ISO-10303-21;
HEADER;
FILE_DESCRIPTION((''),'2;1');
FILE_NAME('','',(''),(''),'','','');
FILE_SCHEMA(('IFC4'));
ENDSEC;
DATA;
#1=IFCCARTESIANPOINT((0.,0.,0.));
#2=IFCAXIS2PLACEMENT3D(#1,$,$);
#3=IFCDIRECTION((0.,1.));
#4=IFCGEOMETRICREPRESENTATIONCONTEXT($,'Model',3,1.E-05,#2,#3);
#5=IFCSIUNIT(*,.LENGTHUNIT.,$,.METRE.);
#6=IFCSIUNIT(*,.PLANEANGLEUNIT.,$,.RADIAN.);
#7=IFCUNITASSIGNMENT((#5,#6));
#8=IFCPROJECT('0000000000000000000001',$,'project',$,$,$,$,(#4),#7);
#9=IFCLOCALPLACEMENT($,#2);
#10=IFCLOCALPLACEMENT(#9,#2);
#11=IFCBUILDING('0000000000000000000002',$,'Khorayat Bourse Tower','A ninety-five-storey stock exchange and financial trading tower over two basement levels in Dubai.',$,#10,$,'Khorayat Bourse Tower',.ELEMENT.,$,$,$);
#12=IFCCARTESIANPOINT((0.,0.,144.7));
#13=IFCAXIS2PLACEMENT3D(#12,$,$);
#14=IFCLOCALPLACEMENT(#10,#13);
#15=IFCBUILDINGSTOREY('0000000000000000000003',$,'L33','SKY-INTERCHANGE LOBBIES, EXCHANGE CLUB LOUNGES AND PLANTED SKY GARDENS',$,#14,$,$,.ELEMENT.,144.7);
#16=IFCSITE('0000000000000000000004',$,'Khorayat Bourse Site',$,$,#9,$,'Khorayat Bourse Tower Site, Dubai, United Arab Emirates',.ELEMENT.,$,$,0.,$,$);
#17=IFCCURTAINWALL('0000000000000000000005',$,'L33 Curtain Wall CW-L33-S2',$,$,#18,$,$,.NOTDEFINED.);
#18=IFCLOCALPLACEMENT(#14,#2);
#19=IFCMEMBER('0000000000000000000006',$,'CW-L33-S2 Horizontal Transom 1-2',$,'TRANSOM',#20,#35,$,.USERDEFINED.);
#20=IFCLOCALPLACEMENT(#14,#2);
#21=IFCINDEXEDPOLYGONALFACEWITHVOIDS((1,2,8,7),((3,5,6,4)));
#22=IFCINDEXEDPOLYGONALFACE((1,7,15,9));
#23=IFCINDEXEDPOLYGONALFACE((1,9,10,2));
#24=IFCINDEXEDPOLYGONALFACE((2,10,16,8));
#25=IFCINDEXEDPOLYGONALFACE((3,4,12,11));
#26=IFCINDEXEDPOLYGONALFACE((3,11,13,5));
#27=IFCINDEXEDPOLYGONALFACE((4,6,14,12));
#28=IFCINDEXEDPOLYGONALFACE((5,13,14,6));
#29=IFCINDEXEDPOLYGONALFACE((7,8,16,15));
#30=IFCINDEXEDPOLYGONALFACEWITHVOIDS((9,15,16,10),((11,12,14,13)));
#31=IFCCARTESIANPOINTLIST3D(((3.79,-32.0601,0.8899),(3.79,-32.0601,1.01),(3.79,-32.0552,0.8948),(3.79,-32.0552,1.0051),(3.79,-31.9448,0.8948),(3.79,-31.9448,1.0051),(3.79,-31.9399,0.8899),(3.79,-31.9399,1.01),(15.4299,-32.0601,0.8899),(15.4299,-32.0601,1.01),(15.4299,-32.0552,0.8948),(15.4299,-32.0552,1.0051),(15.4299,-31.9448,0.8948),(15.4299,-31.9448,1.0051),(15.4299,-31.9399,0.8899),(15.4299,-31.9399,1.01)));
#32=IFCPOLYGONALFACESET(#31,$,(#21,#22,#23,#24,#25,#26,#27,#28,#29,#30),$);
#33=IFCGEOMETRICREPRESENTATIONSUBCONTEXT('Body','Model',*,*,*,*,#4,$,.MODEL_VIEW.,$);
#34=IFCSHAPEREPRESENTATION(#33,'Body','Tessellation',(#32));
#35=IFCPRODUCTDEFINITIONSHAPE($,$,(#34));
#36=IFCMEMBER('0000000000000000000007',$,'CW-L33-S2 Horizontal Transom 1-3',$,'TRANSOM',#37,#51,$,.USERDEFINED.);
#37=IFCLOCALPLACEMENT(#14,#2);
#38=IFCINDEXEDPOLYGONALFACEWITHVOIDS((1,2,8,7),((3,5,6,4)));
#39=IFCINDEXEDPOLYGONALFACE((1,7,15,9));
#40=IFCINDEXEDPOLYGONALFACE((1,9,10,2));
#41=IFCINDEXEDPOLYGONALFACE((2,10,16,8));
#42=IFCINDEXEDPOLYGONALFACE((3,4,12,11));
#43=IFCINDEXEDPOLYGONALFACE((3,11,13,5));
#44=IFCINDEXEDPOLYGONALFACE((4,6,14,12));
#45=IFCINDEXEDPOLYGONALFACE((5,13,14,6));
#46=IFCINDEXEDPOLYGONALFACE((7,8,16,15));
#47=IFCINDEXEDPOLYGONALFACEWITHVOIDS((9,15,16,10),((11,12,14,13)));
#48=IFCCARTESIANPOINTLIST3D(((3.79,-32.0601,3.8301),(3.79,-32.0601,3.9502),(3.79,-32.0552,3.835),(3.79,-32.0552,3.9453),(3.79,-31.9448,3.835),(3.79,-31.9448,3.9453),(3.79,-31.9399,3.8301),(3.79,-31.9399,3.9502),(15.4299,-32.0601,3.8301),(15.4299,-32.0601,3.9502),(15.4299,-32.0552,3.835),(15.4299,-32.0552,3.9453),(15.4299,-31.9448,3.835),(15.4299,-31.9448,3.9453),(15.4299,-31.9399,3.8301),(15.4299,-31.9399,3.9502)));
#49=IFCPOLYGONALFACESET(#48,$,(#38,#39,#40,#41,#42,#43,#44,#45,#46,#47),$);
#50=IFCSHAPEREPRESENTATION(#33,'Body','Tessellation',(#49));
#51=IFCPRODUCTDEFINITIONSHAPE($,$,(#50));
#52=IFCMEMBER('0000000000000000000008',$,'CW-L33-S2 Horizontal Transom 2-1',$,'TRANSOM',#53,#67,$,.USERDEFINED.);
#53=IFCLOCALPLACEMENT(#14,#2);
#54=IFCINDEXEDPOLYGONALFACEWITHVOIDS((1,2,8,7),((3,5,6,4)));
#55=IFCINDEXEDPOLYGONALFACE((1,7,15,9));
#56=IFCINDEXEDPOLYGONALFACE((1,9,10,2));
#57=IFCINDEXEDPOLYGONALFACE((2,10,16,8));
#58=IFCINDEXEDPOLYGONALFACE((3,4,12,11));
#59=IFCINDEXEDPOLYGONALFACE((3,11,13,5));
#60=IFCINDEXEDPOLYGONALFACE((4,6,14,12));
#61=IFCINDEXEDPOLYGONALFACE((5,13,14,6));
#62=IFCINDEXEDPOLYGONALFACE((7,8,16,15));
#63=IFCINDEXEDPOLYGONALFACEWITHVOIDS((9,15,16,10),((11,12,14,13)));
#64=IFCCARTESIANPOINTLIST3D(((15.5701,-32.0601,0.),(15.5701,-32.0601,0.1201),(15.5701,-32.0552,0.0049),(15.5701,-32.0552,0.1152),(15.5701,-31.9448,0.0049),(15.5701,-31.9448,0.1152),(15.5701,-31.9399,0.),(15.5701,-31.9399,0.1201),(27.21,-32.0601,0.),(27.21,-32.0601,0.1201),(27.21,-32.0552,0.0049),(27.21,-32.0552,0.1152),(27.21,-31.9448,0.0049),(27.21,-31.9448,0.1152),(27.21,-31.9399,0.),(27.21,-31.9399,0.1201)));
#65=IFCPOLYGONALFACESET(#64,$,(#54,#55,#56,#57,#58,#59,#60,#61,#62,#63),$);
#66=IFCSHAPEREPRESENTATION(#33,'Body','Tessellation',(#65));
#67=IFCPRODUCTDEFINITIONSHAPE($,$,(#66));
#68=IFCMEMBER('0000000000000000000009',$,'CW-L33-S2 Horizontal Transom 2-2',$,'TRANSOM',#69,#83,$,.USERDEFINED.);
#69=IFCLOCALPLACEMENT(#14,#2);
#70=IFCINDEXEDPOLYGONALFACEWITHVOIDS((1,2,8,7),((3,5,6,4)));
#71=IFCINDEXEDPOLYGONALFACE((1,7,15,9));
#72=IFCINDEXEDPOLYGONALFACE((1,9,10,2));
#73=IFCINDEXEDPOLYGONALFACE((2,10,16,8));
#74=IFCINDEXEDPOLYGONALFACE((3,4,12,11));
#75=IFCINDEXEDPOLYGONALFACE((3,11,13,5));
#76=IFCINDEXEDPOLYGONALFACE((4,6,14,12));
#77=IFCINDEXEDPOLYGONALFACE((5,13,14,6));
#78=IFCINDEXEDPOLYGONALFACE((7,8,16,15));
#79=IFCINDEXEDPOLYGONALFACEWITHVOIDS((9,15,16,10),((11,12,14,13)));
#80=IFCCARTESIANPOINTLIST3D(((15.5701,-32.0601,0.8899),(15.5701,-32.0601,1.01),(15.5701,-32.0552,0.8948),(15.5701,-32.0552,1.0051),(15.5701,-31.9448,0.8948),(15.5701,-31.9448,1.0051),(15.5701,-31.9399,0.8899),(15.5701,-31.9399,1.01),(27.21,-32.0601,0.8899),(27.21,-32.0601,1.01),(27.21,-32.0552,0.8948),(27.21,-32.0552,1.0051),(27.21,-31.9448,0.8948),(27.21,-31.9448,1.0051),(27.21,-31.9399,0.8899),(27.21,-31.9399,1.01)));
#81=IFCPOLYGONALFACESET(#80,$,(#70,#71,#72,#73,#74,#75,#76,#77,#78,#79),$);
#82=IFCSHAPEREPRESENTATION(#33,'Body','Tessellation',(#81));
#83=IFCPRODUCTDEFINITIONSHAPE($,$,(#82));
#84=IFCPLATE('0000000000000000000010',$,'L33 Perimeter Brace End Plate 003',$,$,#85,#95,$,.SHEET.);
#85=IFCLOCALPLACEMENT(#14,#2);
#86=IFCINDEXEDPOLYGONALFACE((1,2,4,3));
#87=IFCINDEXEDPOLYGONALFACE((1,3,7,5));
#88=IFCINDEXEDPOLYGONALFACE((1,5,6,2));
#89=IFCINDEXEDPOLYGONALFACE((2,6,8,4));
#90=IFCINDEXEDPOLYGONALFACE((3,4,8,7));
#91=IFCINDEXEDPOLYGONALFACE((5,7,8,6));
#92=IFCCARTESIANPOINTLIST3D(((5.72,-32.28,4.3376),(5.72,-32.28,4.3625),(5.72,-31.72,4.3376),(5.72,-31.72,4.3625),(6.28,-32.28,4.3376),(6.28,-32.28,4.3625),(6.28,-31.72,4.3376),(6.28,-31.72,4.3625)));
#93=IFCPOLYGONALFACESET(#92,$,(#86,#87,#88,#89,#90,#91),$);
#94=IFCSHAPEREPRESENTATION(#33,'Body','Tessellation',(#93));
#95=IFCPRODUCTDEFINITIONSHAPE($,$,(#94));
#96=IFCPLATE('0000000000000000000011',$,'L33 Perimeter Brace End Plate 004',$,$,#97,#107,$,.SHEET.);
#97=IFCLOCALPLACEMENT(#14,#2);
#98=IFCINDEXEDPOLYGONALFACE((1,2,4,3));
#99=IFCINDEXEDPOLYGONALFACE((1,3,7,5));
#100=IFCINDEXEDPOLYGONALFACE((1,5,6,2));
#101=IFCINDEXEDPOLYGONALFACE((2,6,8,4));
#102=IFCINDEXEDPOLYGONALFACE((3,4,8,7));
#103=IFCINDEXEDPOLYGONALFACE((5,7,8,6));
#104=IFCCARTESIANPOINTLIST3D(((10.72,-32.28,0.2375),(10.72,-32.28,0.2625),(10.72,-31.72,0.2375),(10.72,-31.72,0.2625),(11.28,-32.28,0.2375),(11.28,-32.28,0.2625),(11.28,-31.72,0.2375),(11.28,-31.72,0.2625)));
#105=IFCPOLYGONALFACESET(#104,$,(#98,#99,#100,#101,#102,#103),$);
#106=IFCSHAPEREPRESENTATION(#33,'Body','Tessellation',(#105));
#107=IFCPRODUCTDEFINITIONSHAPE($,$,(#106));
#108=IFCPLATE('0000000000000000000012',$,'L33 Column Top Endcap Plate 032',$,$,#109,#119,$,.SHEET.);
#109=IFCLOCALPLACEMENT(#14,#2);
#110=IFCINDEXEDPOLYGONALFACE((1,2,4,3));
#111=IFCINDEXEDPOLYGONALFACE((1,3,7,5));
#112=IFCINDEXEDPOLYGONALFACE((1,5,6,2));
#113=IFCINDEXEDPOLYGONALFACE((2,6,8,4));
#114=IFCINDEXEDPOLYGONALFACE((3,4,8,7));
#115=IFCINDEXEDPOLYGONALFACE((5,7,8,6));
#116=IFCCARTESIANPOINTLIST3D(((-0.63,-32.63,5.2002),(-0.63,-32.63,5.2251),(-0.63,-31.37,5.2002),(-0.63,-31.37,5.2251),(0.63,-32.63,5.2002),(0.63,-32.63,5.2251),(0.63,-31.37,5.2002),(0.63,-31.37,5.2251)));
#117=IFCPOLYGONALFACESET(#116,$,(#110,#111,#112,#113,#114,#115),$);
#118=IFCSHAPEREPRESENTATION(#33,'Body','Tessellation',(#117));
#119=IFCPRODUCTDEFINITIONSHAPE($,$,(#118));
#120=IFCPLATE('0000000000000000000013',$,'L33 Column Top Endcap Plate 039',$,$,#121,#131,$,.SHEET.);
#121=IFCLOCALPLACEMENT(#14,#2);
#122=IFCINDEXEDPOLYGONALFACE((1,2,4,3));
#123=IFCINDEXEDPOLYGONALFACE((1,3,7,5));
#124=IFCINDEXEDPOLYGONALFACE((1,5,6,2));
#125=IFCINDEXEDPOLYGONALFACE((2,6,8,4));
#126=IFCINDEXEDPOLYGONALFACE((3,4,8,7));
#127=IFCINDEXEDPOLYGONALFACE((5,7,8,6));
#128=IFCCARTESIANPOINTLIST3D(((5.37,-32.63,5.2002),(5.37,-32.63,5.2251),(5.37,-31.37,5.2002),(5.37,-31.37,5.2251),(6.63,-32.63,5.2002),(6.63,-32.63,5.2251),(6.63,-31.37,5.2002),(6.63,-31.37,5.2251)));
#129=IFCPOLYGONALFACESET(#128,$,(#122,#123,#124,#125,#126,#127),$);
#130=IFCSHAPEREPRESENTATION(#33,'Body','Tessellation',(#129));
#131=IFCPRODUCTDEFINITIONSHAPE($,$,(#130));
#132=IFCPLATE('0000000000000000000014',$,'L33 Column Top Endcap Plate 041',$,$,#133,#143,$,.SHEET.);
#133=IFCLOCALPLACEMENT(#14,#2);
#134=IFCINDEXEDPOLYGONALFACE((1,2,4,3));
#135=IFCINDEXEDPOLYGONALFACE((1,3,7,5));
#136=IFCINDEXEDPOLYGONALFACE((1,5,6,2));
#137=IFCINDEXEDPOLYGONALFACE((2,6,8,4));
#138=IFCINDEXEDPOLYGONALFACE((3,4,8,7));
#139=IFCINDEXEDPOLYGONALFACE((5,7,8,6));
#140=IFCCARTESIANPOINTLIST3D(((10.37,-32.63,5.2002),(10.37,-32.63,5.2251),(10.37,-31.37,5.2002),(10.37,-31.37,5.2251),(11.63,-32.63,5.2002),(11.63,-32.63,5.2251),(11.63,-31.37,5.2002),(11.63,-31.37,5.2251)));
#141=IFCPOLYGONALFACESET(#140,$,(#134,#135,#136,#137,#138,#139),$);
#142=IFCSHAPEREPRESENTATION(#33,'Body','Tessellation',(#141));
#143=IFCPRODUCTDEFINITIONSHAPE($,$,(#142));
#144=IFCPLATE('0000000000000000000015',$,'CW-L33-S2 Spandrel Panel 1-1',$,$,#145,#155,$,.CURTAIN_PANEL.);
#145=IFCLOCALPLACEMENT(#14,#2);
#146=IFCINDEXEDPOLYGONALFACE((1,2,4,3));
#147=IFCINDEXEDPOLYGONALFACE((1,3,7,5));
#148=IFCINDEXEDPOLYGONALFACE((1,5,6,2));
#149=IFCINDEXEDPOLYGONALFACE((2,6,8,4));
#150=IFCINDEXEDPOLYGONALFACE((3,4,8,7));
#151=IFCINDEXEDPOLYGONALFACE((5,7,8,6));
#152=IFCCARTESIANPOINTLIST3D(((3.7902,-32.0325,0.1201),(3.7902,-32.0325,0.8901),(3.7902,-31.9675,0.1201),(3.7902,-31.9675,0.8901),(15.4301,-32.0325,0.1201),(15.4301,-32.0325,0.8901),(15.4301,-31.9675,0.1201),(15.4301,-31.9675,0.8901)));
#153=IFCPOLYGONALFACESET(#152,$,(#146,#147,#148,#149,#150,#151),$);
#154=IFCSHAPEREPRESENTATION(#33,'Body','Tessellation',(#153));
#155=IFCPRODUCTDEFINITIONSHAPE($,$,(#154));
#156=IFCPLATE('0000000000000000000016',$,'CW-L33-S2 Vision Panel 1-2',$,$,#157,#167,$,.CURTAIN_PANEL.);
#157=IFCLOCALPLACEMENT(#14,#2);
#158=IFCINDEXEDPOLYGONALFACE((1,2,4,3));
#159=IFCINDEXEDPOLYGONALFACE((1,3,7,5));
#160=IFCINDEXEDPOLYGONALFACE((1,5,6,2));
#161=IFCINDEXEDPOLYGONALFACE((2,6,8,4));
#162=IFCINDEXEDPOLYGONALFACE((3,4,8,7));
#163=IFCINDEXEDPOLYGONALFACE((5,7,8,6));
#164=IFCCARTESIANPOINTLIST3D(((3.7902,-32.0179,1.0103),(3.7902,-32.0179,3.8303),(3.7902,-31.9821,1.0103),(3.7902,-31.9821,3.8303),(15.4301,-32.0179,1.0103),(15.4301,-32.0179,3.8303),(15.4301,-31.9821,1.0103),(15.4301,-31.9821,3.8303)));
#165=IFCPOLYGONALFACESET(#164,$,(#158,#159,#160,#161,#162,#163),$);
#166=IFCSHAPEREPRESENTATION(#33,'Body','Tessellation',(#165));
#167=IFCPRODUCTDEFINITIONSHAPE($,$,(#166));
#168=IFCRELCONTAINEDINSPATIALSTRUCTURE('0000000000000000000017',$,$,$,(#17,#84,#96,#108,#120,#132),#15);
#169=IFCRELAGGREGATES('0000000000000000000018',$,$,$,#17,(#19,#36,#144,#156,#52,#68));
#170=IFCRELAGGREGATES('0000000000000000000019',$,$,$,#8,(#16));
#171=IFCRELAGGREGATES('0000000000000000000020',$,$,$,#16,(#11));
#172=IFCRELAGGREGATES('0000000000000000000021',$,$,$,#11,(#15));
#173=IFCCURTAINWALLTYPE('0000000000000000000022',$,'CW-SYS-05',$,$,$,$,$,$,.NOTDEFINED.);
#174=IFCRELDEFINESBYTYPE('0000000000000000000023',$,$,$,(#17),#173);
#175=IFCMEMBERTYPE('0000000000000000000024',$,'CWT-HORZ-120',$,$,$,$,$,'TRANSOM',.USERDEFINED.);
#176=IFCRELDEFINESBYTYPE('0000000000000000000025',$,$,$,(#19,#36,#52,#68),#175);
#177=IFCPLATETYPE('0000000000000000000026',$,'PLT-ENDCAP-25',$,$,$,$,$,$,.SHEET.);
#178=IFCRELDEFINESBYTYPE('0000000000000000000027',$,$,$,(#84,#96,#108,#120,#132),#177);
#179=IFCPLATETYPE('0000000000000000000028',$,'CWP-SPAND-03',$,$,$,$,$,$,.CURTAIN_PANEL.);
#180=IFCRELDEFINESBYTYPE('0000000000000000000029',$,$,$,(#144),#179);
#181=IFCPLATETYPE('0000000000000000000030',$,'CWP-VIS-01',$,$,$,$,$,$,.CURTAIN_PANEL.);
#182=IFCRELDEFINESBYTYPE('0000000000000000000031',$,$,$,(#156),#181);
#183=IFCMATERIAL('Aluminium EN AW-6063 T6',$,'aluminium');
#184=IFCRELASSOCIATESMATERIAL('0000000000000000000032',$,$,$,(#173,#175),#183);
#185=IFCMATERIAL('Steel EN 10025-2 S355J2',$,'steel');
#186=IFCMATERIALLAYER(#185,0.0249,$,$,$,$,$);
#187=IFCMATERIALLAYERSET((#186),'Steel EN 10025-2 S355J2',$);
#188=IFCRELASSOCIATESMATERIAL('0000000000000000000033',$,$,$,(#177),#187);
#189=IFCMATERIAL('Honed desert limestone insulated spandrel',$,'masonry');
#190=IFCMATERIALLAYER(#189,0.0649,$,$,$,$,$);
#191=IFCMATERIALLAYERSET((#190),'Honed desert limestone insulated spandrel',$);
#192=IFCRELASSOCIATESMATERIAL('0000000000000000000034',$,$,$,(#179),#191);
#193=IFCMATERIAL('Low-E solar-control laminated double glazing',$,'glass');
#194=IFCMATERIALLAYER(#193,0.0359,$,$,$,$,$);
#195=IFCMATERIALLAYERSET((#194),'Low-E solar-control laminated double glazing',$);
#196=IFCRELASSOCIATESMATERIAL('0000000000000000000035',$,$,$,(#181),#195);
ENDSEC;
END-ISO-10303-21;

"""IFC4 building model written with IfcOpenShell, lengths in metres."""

from ifc_helpers import new_model, si_unit, direction, frame, origin, origin_2d, place, context, subcontext, project, spatial, rectangle, hollow_rectangle, extrude, source, transform, mapped, material, layer, layer_set, material_profile, profile_set, type_object, element, aggregate, save


model = new_model("IFC4")

# Units and contexts
model_context = context("Model", 3, precision=1e-05, world=origin(), true_north=direction((0.0, 1.0)))
body_context = subcontext(model_context, "Body", "Model", "MODEL_VIEW")
ifc_project = project(units=[si_unit("LENGTHUNIT", "METRE"), si_unit("PLANEANGLEUNIT", "RADIAN")], contexts=[model_context])

# Site, building, storey
site_placement = place(None, origin())
site = spatial("IfcSite", under=ifc_project, at=site_placement, Name="Khorayat Bourse Site", LongName="Khorayat Bourse Tower Site, Dubai, United Arab Emirates", CompositionType="ELEMENT", RefElevation=0.0)
building_placement = place(site_placement, origin())
building = spatial("IfcBuilding", under=site, at=building_placement, Name="Khorayat Bourse Tower", Description="A ninety-five-storey stock exchange and financial trading tower over two basement levels in Dubai.", LongName="Khorayat Bourse Tower", CompositionType="ELEMENT")
storey_placement = place(building_placement, frame((0.0, 0.0, 144.7)))
storey = spatial("IfcBuildingStorey", under=building, at=storey_placement, Name="L33", Description="SKY-INTERCHANGE LOBBIES, EXCHANGE CLUB LOUNGES AND PLANTED SKY GARDENS", CompositionType="ELEMENT", Elevation=144.7)

# Shared definitions
ifc_material_1 = material(Name="Aluminium EN AW-6063 T6", Category="aluminium")
curtain_wall_type = type_object("IfcCurtainWallType", Name="CW-SYS-05", PredefinedType="NOTDEFINED", material=ifc_material_1)

# Curtain wall, members
curtain_wall_1_placement = place(storey_placement, origin())
curtain_wall_1 = element("IfcCurtainWall", 1, at=curtain_wall_1_placement, inside=storey, type_object=curtain_wall_type, Name="L33 Curtain Wall CW-L33-S2", PredefinedType="NOTDEFINED")
ifc_material_profile_1 = material_profile(ifc_material_1, hollow_rectangle(XDim=0.1201, YDim=0.1201, WallThickness=0.0049, at=origin_2d()), Name="ALU 120x120x5")
ifc_profile_set_1 = profile_set([ifc_material_profile_1], Name="Aluminium EN AW-6063 T6")
member_type_1 = type_object("IfcMemberType", Name="CWT-HORZ-120", ElementType="TRANSOM", PredefinedType="USERDEFINED", material=ifc_profile_set_1)
shared_shape_1 = source(origin(), body_context, "Body", "SweptSolid", [
    extrude(hollow_rectangle(XDim=0.1201, YDim=0.1201, WallThickness=0.0049, at=origin_2d()), origin(), (0.0, 0.0, 1.0), 11.6399),
])
member_1_placement = place(storey_placement, frame((3.79, -32.0, 0.95), z_axis=(1.0, 0.0, 0.0), x_axis=(0.0, 1.0, 0.0)))
member_1 = element("IfcMember", 2, at=member_1_placement, type_object=member_type_1, Name="CW-L33-S2 Horizontal Transom 1-2", ObjectType="TRANSOM", PredefinedType="USERDEFINED", context=body_context, shape_type="MappedRepresentation", body=[
    mapped(shared_shape_1, transform((0.0, 0.0, 0.0), scale=1.0)),
])
member_2_placement = place(storey_placement, frame((3.79, -32.0, 3.8901), z_axis=(1.0, 0.0, 0.0), x_axis=(0.0, 1.0, 0.0)))
member_2 = element("IfcMember", 3, at=member_2_placement, type_object=member_type_1, Name="CW-L33-S2 Horizontal Transom 1-3", ObjectType="TRANSOM", PredefinedType="USERDEFINED", context=body_context, shape_type="MappedRepresentation", body=[
    mapped(shared_shape_1, transform((0.0, 0.0, 0.0), scale=1.0)),
])
member_3_placement = place(storey_placement, frame((15.5701, -32.0, 0.0601), z_axis=(1.0, 0.0, 0.0), x_axis=(0.0, 1.0, 0.0)))
member_3 = element("IfcMember", 4, at=member_3_placement, type_object=member_type_1, Name="CW-L33-S2 Horizontal Transom 2-1", ObjectType="TRANSOM", PredefinedType="USERDEFINED", context=body_context, shape_type="MappedRepresentation", body=[
    mapped(shared_shape_1, transform((0.0, 0.0, 0.0), scale=1.0)),
])
member_4_placement = place(storey_placement, frame((15.5701, -32.0, 0.95), z_axis=(1.0, 0.0, 0.0), x_axis=(0.0, 1.0, 0.0)))
member_4 = element("IfcMember", 5, at=member_4_placement, type_object=member_type_1, Name="CW-L33-S2 Horizontal Transom 2-2", ObjectType="TRANSOM", PredefinedType="USERDEFINED", context=body_context, shape_type="MappedRepresentation", body=[
    mapped(shared_shape_1, transform((0.0, 0.0, 0.0), scale=1.0)),
])

# Plates
ifc_material_2 = material(Name="Steel EN 10025-2 S355J2", Category="steel")
ifc_layer_1 = layer(ifc_material_2, 0.0249)
ifc_layer_set_1 = layer_set([ifc_layer_1], Name="Steel EN 10025-2 S355J2")
plate_type_1 = type_object("IfcPlateType", Name="PLT-ENDCAP-25", PredefinedType="SHEET", material=ifc_layer_set_1)
shared_shape_2 = source(origin(), body_context, "Body", "SweptSolid", [
    extrude(rectangle(XDim=0.5601, YDim=0.5601, at=origin_2d()), origin(), (0.0, 0.0, 1.0), 0.0249),
])
for number, where, z_axis, x_axis, name in (
    (6, (6.0, -32.0, 4.3376), (0.0, 0.0, 1.0), (1.0, 0.0, 0.0), "L33 Perimeter Brace End Plate 003"),
    (7, (11.0, -32.0, 0.2375), (0.0, 0.0, 1.0), (1.0, 0.0, 0.0), "L33 Perimeter Brace End Plate 004"),
):
    element("IfcPlate", number, at=place(storey_placement, frame(where, z_axis=z_axis, x_axis=x_axis)), inside=storey, type_object=plate_type_1, Name=name, PredefinedType="SHEET", context=body_context, shape_type="MappedRepresentation", body=[
        mapped(shared_shape_2, transform((0.0, 0.0, 0.0), scale=1.0)),
    ])
shared_shape_3 = source(origin(), body_context, "Body", "SweptSolid", [
    extrude(rectangle(XDim=1.26, YDim=1.26, at=origin_2d()), origin(), (0.0, 0.0, 1.0), 0.0249),
])
for number, where, z_axis, x_axis, name in (
    (8, (0.0, -32.0, 5.2002), (0.0, 0.0, 1.0), (1.0, 0.0, 0.0), "L33 Column Top Endcap Plate 032"),
    (9, (6.0, -32.0, 5.2002), (0.0, 0.0, 1.0), (1.0, 0.0, 0.0), "L33 Column Top Endcap Plate 039"),
    (10, (11.0, -32.0, 5.2002), (0.0, 0.0, 1.0), (1.0, 0.0, 0.0), "L33 Column Top Endcap Plate 041"),
):
    element("IfcPlate", number, at=place(storey_placement, frame(where, z_axis=z_axis, x_axis=x_axis)), inside=storey, type_object=plate_type_1, Name=name, PredefinedType="SHEET", context=body_context, shape_type="MappedRepresentation", body=[
        mapped(shared_shape_3, transform((0.0, 0.0, 0.0), scale=1.0)),
    ])

# Plates
ifc_material_3 = material(Name="Honed desert limestone insulated spandrel", Category="masonry")
ifc_layer_2 = layer(ifc_material_3, 0.0649)
ifc_layer_set_2 = layer_set([ifc_layer_2], Name="Honed desert limestone insulated spandrel")
plate_type_2 = type_object("IfcPlateType", Name="CWP-SPAND-03", PredefinedType="CURTAIN_PANEL", material=ifc_layer_set_2)
shared_shape_4 = source(origin(), body_context, "Body", "SweptSolid", [
    extrude(rectangle(XDim=11.6399, YDim=0.0649, at=origin_2d()), origin(), (0.0, 0.0, 1.0), 0.77),
])
plate_1_placement = place(storey_placement, frame((9.6101, -32.0, 0.1201), z_axis=(0.0, 0.0, 1.0), x_axis=(1.0, 0.0, 0.0)))
plate_1 = element("IfcPlate", 11, at=plate_1_placement, type_object=plate_type_2, Name="CW-L33-S2 Spandrel Panel 1-1", PredefinedType="CURTAIN_PANEL", context=body_context, shape_type="MappedRepresentation", body=[
    mapped(shared_shape_4, transform((0.0, 0.0, 0.0), scale=1.0)),
])
ifc_material_4 = material(Name="Low-E solar-control laminated double glazing", Category="glass")
ifc_layer_3 = layer(ifc_material_4, 0.0359)
ifc_layer_set_3 = layer_set([ifc_layer_3], Name="Low-E solar-control laminated double glazing")
plate_type_3 = type_object("IfcPlateType", Name="CWP-VIS-01", PredefinedType="CURTAIN_PANEL", material=ifc_layer_set_3)
shared_shape_5 = source(origin(), body_context, "Body", "SweptSolid", [
    extrude(rectangle(XDim=11.6399, YDim=0.0359, at=origin_2d()), origin(), (0.0, 0.0, 1.0), 2.8201),
])
plate_2_placement = place(storey_placement, frame((9.6101, -32.0, 1.0103), z_axis=(0.0, 0.0, 1.0), x_axis=(1.0, 0.0, 0.0)))
plate_2 = element("IfcPlate", 12, at=plate_2_placement, type_object=plate_type_3, Name="CW-L33-S2 Vision Panel 1-2", PredefinedType="CURTAIN_PANEL", context=body_context, shape_type="MappedRepresentation", body=[
    mapped(shared_shape_5, transform((0.0, 0.0, 0.0), scale=1.0)),
])
aggregate(curtain_wall_1, [member_1, member_2, plate_1, plate_2, member_3, member_4])

save(model, "model.ifc")
